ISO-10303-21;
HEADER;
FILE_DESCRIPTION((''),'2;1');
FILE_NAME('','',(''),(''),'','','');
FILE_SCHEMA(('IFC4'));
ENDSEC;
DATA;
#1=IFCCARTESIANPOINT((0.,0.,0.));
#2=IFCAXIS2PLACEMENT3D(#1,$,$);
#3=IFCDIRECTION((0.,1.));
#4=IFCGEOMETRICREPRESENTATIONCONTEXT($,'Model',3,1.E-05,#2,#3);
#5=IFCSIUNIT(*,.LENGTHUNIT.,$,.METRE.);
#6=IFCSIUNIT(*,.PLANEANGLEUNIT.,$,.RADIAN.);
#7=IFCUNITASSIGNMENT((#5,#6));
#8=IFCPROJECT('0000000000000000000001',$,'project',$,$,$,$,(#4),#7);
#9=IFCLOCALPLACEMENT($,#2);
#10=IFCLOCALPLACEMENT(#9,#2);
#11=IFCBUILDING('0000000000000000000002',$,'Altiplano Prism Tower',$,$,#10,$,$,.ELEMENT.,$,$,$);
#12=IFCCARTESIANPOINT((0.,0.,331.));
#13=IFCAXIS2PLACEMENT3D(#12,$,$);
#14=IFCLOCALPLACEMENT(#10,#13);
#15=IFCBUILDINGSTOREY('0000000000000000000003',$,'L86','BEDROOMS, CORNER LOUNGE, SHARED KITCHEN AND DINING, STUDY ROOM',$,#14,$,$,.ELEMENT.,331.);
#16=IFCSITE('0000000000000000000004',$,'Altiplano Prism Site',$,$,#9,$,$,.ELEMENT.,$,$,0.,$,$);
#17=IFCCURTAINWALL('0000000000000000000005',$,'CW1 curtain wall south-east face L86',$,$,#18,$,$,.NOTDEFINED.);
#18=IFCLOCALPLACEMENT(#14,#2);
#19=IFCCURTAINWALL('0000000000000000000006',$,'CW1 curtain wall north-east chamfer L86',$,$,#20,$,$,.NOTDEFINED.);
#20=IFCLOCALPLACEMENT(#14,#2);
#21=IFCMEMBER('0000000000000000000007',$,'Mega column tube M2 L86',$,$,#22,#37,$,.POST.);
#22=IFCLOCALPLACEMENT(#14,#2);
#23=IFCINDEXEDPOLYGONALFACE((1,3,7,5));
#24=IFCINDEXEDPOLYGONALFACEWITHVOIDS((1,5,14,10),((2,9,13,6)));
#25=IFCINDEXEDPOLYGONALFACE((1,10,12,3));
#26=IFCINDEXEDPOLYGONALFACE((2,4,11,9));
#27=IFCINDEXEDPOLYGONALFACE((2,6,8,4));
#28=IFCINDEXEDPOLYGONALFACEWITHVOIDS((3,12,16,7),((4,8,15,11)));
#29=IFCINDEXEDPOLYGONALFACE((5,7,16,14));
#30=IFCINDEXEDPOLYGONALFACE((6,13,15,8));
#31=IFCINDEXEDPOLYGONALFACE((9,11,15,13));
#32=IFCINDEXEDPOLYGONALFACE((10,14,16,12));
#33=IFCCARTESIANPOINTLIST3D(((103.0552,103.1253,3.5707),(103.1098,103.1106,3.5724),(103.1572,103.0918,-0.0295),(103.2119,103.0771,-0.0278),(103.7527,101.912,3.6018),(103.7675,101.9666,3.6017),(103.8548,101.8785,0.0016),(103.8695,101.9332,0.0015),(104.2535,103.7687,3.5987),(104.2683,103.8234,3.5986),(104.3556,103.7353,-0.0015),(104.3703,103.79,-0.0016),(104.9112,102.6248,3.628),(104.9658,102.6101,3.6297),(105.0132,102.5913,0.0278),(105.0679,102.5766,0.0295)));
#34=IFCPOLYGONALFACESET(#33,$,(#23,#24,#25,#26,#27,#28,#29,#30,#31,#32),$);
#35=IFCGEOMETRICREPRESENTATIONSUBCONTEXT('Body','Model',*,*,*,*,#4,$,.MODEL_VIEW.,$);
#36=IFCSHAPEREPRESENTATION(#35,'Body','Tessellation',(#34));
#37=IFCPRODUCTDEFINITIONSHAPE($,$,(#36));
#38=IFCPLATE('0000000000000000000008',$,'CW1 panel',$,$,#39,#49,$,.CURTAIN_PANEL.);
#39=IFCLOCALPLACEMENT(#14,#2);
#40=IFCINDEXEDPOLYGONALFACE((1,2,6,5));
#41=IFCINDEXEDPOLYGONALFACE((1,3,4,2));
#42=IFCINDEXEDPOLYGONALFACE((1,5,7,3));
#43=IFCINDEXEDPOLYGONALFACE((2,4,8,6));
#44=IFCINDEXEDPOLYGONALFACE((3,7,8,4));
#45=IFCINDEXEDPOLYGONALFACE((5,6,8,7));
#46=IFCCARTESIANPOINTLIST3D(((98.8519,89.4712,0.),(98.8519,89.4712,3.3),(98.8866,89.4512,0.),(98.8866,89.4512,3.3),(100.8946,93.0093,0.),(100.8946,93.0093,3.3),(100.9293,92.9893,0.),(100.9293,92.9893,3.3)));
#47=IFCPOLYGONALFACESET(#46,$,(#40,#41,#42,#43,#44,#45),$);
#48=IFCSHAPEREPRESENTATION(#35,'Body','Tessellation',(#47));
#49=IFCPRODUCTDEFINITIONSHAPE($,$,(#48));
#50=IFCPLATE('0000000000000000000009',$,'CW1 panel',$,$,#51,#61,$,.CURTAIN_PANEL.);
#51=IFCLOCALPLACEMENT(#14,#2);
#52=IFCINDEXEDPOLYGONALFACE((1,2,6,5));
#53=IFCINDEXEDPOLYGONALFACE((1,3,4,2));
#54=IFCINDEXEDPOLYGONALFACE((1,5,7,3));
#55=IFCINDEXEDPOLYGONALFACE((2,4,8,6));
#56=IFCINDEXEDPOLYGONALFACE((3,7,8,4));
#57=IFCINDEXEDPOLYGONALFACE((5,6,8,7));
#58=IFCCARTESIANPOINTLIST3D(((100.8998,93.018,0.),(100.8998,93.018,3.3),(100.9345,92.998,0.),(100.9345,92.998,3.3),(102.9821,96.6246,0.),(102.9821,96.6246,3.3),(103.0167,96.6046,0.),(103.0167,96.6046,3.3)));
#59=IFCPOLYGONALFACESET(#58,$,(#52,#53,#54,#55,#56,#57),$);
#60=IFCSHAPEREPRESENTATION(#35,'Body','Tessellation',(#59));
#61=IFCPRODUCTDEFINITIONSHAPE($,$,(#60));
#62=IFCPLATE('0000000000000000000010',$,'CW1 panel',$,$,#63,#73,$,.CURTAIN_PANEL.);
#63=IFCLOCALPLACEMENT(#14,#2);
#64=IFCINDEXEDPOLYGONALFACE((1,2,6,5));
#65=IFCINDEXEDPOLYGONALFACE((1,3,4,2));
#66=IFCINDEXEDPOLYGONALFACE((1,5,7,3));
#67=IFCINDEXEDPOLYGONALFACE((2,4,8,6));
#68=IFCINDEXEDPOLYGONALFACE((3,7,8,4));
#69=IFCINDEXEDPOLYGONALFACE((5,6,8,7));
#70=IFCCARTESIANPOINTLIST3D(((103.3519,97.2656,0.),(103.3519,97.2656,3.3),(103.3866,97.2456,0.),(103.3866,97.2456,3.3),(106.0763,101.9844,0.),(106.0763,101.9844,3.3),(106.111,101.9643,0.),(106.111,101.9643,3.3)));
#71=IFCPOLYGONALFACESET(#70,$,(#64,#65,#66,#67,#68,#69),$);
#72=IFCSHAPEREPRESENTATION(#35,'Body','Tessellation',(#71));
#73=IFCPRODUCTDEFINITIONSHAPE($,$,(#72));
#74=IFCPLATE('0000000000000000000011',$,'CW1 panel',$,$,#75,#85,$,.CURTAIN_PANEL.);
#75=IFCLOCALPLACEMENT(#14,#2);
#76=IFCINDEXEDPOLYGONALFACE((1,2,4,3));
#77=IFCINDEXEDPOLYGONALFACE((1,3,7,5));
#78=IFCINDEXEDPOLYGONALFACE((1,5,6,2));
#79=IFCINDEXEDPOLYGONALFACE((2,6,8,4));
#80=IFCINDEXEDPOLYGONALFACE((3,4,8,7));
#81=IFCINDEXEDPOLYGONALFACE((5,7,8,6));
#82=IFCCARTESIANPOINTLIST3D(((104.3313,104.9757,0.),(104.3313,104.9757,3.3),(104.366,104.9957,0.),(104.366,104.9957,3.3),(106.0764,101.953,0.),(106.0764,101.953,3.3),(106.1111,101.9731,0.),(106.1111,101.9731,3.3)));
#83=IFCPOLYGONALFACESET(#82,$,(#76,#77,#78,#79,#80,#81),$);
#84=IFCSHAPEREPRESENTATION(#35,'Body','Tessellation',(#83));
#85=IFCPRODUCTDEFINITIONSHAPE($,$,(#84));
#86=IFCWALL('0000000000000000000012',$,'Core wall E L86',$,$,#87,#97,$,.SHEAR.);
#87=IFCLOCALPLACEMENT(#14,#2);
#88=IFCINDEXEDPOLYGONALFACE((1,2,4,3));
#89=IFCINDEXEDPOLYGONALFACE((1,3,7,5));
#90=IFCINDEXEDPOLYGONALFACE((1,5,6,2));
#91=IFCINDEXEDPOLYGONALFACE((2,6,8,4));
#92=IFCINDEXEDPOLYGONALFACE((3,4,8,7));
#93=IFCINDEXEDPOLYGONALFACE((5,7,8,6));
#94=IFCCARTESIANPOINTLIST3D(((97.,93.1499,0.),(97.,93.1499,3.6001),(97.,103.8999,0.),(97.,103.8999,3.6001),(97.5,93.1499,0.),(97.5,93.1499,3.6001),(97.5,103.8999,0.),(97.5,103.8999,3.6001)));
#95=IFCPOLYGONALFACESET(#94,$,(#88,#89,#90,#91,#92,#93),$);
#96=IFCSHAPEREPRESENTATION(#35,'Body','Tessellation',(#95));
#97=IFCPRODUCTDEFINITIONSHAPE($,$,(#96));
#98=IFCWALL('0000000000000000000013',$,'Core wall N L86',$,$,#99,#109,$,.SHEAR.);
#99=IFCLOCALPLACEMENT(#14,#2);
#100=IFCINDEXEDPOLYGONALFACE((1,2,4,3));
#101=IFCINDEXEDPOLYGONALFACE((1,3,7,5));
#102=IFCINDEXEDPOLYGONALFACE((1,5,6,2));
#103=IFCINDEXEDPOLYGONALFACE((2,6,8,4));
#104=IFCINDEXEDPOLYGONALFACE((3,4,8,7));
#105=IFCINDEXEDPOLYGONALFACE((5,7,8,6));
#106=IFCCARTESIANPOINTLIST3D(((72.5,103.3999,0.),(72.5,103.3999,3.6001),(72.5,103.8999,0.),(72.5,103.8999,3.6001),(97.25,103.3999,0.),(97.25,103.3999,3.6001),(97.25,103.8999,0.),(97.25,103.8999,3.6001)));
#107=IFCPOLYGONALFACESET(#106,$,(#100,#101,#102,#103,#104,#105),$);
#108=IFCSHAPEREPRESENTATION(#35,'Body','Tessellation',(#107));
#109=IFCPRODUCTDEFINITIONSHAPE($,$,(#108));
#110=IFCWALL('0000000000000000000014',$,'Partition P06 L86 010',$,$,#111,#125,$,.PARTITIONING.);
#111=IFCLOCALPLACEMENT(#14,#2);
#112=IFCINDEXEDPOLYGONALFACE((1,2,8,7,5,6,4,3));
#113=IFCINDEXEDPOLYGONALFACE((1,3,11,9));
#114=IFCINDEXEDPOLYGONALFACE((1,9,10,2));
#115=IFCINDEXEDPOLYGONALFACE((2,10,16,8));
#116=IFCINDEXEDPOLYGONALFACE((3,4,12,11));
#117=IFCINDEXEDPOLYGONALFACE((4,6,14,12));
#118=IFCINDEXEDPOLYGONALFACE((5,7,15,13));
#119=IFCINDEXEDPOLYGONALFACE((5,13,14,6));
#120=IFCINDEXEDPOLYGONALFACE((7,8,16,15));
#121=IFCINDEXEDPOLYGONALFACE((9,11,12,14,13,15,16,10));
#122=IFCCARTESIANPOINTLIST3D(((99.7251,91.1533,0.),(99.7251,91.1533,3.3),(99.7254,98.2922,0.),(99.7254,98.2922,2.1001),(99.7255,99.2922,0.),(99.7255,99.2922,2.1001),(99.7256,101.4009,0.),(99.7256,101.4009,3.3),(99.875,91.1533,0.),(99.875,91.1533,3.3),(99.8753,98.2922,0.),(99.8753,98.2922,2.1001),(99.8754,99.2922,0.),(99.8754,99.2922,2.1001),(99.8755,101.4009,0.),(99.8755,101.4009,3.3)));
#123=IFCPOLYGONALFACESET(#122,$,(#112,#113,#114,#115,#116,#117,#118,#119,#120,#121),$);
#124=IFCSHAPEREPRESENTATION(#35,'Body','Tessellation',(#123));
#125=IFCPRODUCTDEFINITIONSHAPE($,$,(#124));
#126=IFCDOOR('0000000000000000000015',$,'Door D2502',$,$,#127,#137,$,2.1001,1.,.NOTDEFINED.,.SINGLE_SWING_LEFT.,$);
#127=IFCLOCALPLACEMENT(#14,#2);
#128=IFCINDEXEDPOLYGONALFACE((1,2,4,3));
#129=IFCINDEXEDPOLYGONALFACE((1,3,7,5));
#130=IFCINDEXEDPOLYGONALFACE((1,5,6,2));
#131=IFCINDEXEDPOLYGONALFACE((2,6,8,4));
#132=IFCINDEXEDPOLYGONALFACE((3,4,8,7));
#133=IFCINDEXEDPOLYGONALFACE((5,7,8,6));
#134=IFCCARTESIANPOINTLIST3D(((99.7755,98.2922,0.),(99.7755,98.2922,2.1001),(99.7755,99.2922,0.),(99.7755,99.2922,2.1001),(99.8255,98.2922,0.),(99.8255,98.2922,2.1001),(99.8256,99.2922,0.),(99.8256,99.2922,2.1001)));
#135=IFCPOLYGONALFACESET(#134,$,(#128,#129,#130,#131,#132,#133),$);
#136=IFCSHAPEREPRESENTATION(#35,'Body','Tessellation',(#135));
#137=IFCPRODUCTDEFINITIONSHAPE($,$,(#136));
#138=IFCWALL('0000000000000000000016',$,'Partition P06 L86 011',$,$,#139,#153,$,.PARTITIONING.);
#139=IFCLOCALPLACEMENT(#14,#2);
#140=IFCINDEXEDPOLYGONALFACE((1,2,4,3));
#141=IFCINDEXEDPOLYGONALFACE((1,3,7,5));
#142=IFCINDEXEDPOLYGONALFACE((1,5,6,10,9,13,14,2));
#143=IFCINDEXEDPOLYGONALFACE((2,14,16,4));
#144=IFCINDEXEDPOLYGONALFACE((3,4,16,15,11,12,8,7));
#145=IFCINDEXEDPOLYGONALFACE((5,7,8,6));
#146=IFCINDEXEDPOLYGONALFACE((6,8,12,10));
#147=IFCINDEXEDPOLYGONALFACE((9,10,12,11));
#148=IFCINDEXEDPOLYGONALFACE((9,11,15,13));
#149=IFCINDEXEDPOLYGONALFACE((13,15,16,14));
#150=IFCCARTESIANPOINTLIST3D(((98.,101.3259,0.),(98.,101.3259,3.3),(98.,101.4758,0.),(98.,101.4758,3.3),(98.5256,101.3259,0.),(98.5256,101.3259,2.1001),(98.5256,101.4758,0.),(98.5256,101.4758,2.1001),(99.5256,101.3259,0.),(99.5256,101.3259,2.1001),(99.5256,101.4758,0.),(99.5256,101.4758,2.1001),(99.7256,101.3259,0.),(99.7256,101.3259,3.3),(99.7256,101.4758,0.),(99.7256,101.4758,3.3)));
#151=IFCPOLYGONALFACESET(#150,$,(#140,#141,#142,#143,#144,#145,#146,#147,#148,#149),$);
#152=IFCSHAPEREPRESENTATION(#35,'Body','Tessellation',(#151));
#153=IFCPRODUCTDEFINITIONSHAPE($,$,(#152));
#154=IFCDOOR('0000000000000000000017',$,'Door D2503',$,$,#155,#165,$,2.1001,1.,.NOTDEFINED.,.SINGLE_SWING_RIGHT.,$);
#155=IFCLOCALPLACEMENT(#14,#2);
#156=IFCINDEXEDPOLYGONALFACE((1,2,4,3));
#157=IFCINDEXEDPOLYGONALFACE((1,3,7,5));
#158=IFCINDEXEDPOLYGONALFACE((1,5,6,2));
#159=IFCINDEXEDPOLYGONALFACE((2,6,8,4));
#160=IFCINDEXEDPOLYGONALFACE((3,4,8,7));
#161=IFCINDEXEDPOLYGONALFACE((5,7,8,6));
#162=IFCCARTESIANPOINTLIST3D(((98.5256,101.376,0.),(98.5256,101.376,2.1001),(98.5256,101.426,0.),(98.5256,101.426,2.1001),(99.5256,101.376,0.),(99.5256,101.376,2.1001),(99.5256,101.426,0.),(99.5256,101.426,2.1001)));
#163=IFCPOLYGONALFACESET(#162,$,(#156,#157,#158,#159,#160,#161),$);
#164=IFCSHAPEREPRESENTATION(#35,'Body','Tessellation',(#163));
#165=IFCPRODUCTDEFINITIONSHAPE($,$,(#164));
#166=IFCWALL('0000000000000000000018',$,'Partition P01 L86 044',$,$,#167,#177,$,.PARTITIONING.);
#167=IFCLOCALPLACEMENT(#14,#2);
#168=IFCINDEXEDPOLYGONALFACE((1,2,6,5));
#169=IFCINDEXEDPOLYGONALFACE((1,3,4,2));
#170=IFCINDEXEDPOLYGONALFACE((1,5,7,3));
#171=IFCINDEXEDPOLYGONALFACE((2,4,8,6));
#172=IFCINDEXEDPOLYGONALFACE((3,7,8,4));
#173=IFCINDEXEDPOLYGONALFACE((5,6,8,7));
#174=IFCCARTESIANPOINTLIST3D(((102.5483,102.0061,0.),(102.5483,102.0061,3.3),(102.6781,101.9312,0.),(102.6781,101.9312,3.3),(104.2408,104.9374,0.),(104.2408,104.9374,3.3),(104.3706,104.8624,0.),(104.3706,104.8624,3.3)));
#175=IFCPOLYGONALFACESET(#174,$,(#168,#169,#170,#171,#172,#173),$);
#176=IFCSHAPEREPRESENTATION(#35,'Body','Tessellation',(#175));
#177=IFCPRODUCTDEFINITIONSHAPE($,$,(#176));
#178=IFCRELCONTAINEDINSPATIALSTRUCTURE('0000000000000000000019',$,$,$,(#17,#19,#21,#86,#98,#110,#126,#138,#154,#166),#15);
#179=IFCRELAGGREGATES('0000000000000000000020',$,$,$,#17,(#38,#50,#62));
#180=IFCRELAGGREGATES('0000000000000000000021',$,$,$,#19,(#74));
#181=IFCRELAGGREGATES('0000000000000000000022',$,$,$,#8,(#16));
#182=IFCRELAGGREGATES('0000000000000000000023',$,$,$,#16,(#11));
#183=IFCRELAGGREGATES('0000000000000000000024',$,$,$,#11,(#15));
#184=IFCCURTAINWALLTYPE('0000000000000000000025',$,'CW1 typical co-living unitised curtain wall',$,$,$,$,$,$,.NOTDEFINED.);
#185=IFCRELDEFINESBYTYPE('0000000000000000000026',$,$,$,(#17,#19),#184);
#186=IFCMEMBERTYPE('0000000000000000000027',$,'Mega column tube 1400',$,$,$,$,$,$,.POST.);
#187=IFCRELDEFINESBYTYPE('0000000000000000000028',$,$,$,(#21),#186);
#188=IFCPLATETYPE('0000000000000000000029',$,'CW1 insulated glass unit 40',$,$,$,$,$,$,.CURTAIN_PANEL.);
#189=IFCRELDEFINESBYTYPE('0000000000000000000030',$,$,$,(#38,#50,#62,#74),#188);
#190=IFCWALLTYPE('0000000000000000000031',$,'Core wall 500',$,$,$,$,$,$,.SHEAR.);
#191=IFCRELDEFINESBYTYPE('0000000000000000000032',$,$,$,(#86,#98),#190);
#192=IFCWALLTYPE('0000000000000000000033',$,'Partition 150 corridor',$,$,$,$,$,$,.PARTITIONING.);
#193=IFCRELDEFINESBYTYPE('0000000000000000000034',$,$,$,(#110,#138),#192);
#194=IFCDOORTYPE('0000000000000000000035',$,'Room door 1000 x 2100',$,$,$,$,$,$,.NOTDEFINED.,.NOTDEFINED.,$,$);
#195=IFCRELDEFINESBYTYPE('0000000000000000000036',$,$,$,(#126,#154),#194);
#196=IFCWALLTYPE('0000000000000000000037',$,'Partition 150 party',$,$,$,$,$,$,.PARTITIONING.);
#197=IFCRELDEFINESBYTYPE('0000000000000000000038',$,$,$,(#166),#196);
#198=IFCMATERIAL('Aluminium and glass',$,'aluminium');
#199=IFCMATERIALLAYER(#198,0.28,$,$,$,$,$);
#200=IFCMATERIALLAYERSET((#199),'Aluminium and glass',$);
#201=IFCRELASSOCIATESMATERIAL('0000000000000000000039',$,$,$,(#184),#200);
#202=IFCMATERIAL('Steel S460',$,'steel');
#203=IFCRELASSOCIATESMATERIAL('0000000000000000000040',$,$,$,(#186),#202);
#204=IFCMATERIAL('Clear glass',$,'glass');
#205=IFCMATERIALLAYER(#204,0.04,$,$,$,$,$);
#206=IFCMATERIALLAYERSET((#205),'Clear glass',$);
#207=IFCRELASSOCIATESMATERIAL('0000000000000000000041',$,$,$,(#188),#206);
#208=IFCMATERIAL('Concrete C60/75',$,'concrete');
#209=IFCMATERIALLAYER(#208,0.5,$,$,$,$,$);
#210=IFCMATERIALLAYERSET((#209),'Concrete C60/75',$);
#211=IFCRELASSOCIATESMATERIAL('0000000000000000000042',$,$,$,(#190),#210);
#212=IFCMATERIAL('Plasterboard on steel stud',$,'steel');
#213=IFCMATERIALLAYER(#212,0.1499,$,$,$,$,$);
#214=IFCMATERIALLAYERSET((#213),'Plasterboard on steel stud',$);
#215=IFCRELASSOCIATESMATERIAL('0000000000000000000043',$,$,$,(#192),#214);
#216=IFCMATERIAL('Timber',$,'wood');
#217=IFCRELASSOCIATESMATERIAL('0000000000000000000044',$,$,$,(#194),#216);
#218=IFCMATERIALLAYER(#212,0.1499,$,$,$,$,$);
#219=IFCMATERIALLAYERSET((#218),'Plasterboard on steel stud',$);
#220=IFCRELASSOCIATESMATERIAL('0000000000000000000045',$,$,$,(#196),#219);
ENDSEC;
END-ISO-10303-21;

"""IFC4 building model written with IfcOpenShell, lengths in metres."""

from ifc_helpers import new_model, si_unit, direction, frame, frame_2d, origin, origin_2d, place, context, subcontext, project, spatial, rectangle, hollow_rectangle, extrude, material, layer, layer_set, material_profile, profile_set, type_object, element, fill, aggregate, save


model = new_model("IFC4")

# Units and contexts
model_context = context("Model", 3, precision=1e-05, world=origin(), true_north=direction((0.0, 1.0)))
body_context = subcontext(model_context, "Body", "Model", "MODEL_VIEW")
ifc_project = project(units=[si_unit("LENGTHUNIT", "METRE"), si_unit("PLANEANGLEUNIT", "RADIAN")], contexts=[model_context])

# Site, building, storey
site_placement = place(None, origin())
site = spatial("IfcSite", under=ifc_project, at=site_placement, Name="Altiplano Prism Site", CompositionType="ELEMENT", RefElevation=0.0)
building_placement = place(site_placement, origin())
building = spatial("IfcBuilding", under=site, at=building_placement, Name="Altiplano Prism Tower", CompositionType="ELEMENT")
storey_placement = place(building_placement, frame((0.0, 0.0, 331.0)))
storey = spatial("IfcBuildingStorey", under=building, at=storey_placement, Name="L86", Description="BEDROOMS, CORNER LOUNGE, SHARED KITCHEN AND DINING, STUDY ROOM", CompositionType="ELEMENT", Elevation=331.0)

# Shared definitions
ifc_material_1 = material(Name="Concrete C60/75", Category="concrete")

# Curtain wall
ifc_material_2 = material(Name="Aluminium and glass", Category="aluminium")
ifc_layer_1 = layer(ifc_material_2, 0.28)
ifc_layer_set_1 = layer_set([ifc_layer_1], Name="Aluminium and glass")
curtain_wall_type = type_object("IfcCurtainWallType", Name="CW1 typical co-living unitised curtain wall", PredefinedType="NOTDEFINED", material=ifc_layer_set_1)
curtain_wall_1_placement = place(storey_placement, origin())
curtain_wall_1 = element("IfcCurtainWall", 1, at=curtain_wall_1_placement, inside=storey, type_object=curtain_wall_type, Name="CW1 curtain wall south-east face L86", PredefinedType="NOTDEFINED")

# Curtain wall
curtain_wall_2_placement = place(storey_placement, origin())
curtain_wall_2 = element("IfcCurtainWall", 2, at=curtain_wall_2_placement, inside=storey, type_object=curtain_wall_type, Name="CW1 curtain wall north-east chamfer L86", PredefinedType="NOTDEFINED")

# Member
ifc_material_3 = material(Name="Steel S460", Category="steel")
ifc_material_profile_1 = material_profile(ifc_material_3, hollow_rectangle(XDim=1.3999, YDim=1.3999, WallThickness=0.04, at=origin_2d()), Name="Mega column tube 1400")
ifc_profile_set_1 = profile_set([ifc_material_profile_1], Name="Steel S460")
member_type_1 = type_object("IfcMemberType", Name="Mega column tube 1400", PredefinedType="POST", material=ifc_profile_set_1)
member_1_placement = place(storey_placement, frame((104.1125, 102.8342, 0.0), z_axis=(-0.028334, 0.009287, 0.999555), x_axis=(0.498275, -0.866735, 0.022177)))
element("IfcMember", 3, at=member_1_placement, inside=storey, type_object=member_type_1, Name="Mega column tube M2 L86", PredefinedType="POST", context=body_context, shape_type="SweptSolid", body=[
    extrude(hollow_rectangle(XDim=1.3999, YDim=1.3999, WallThickness=0.04, at=origin_2d()), origin(), (0.0, 0.0, 1.0), 3.6018),
])

# Plates
ifc_material_4 = material(Name="Clear glass", Category="glass")
ifc_layer_2 = layer(ifc_material_4, 0.04)
ifc_layer_set_2 = layer_set([ifc_layer_2], Name="Clear glass")
plate_type = type_object("IfcPlateType", Name="CW1 insulated glass unit 40", PredefinedType="CURTAIN_PANEL", material=ifc_layer_set_2)
plate_1_placement = place(storey_placement, frame((99.8906, 91.2302, 0.0), z_axis=(0.0, 0.0, 1.0), x_axis=(0.5, 0.866025, 0.0)))
plate_1 = element("IfcPlate", 4, at=plate_1_placement, type_object=plate_type, Name="CW1 panel", PredefinedType="CURTAIN_PANEL", context=body_context, shape_type="SweptSolid", body=[
    extrude(rectangle(XDim=4.0854, YDim=0.04, at=origin_2d()), origin(), (0.0, 0.0, 1.0), 3.3),
])
plate_2_placement = place(storey_placement, frame((101.9583, 94.8113, 0.0), z_axis=(0.0, 0.0, 1.0), x_axis=(0.5, 0.866025, 0.0)))
plate_2 = element("IfcPlate", 5, at=plate_2_placement, type_object=plate_type, Name="CW1 panel", PredefinedType="CURTAIN_PANEL", context=body_context, shape_type="SweptSolid", body=[
    extrude(rectangle(XDim=4.1646, YDim=0.04, at=origin_2d()), origin(), (0.0, 0.0, 1.0), 3.3),
])
plate_3_placement = place(storey_placement, frame((104.7314, 99.615, 0.0), z_axis=(0.0, 0.0, 1.0), x_axis=(0.5, 0.866025, 0.0)))
plate_3 = element("IfcPlate", 6, at=plate_3_placement, type_object=plate_type, Name="CW1 panel", PredefinedType="CURTAIN_PANEL", context=body_context, shape_type="SweptSolid", body=[
    extrude(rectangle(XDim=5.4487, YDim=0.04, at=origin_2d()), origin(), (0.0, 0.0, 1.0), 3.3),
])
aggregate(curtain_wall_1, [plate_1, plate_2, plate_3])
plate_4_placement = place(storey_placement, frame((105.2212, 103.4744, 0.0), z_axis=(0.0, 0.0, 1.0), x_axis=(-0.5, 0.866025, 0.0)))
plate_4 = element("IfcPlate", 7, at=plate_4_placement, type_object=plate_type, Name="CW1 panel", PredefinedType="CURTAIN_PANEL", context=body_context, shape_type="SweptSolid", body=[
    extrude(rectangle(XDim=3.4902, YDim=0.04, at=origin_2d()), origin(), (0.0, 0.0, 1.0), 3.3),
])
aggregate(curtain_wall_2, [plate_4])

# Walls
ifc_layer_3 = layer(ifc_material_1, 0.5)
ifc_layer_set_3 = layer_set([ifc_layer_3], Name="Concrete C60/75")
wall_type_1 = type_object("IfcWallType", Name="Core wall 500", PredefinedType="SHEAR", material=ifc_layer_set_3)
wall_1_placement = place(storey_placement, frame((97.25, 93.1499, 0.0), z_axis=(0.0, 0.0, 1.0), x_axis=(0.0, 1.0, 0.0)))
element("IfcWall", 8, at=wall_1_placement, inside=storey, type_object=wall_type_1, Name="Core wall E L86", PredefinedType="SHEAR", context=body_context, shape_type="SweptSolid", body=[
    extrude(rectangle(XDim=10.75, YDim=0.5, at=frame_2d((5.375, 0.0))), origin(), (0.0, 0.0, 1.0), 3.6001),
])
wall_2_placement = place(storey_placement, frame((97.25, 103.6499, 0.0), z_axis=(0.0, 0.0, 1.0), x_axis=(-1.0, 0.0, 0.0)))
element("IfcWall", 9, at=wall_2_placement, inside=storey, type_object=wall_type_1, Name="Core wall N L86", PredefinedType="SHEAR", context=body_context, shape_type="SweptSolid", body=[
    extrude(rectangle(XDim=24.75, YDim=0.5, at=frame_2d((12.375, 0.0))), origin(), (0.0, 0.0, 1.0), 3.6001),
])

# Walls, openings, doors
ifc_material_5 = material(Name="Plasterboard on steel stud", Category="steel")
ifc_layer_4 = layer(ifc_material_5, 0.1499)
ifc_layer_set_4 = layer_set([ifc_layer_4], Name="Plasterboard on steel stud")
wall_type_2 = type_object("IfcWallType", Name="Partition 150 corridor", PredefinedType="PARTITIONING", material=ifc_layer_set_4)
wall_3_placement = place(storey_placement, frame((99.8, 91.1533, 0.0), z_axis=(0.0, 0.0, 1.0), x_axis=(0.000048, 1.0, 0.0)))
wall_3 = element("IfcWall", 10, at=wall_3_placement, inside=storey, type_object=wall_type_2, Name="Partition P06 L86 010", PredefinedType="PARTITIONING", context=body_context, shape_type="SweptSolid", body=[
    extrude(rectangle(XDim=10.2476, YDim=0.1499, at=frame_2d((5.1238, 0.0))), origin(), (0.0, 0.0, 1.0), 3.3),
])
opening_1_placement = place(wall_3_placement, frame((7.1389, 0.0, 0.0)))
opening_1 = element("IfcOpeningElement", 11, at=opening_1_placement, cuts=wall_3, PredefinedType="OPENING", context=body_context, shape_type="SweptSolid", body=[
    extrude(rectangle(XDim=1.0, YDim=2.1001, at=frame_2d((0.5, 1.05))), frame((0.0, 0.0854, 0.0), z_axis=(0.0, -1.0, 0.0), x_axis=(1.0, 0.0, 0.0)), (0.0, 0.0, 1.0), 0.1709),
])
ifc_material_6 = material(Name="Timber", Category="wood")
door_type = type_object("IfcDoorType", Name="Room door 1000 x 2100", OperationType="NOTDEFINED", PredefinedType="NOTDEFINED", material=ifc_material_6)
door_1_placement = place(opening_1_placement, origin())
door_1 = element("IfcDoor", 12, at=door_1_placement, inside=storey, type_object=door_type, Name="Door D2502", OperationType="SINGLE_SWING_LEFT", OverallHeight=2.1001, OverallWidth=1.0, PredefinedType="NOTDEFINED", context=body_context, shape_type="SweptSolid", body=[
    extrude(rectangle(XDim=1.0, YDim=2.1001, at=frame_2d((0.5, 1.05))), frame((0.0, 0.0249, 0.0), z_axis=(0.0, -1.0, 0.0), x_axis=(1.0, 0.0, 0.0)), (0.0, 0.0, 1.0), 0.05),
])
fill(opening_1, door_1)
wall_4_placement = place(storey_placement, frame((99.7256, 101.4009, 0.0), z_axis=(0.0, 0.0, 1.0), x_axis=(-1.0, 0.0, 0.0)))
wall_4 = element("IfcWall", 13, at=wall_4_placement, inside=storey, type_object=wall_type_2, Name="Partition P06 L86 011", PredefinedType="PARTITIONING", context=body_context, shape_type="SweptSolid", body=[
    extrude(rectangle(XDim=1.7256, YDim=0.1499, at=frame_2d((0.8628, 0.0))), origin(), (0.0, 0.0, 1.0), 3.3),
])
opening_2_placement = place(wall_4_placement, frame((0.2, 0.0, 0.0)))
opening_2 = element("IfcOpeningElement", 14, at=opening_2_placement, cuts=wall_4, PredefinedType="OPENING", context=body_context, shape_type="SweptSolid", body=[
    extrude(rectangle(XDim=1.0, YDim=2.1001, at=frame_2d((0.5, 1.05))), frame((0.0, 0.0854, 0.0), z_axis=(0.0, -1.0, 0.0), x_axis=(1.0, 0.0, 0.0)), (0.0, 0.0, 1.0), 0.1709),
])
door_2_placement = place(opening_2_placement, origin())
door_2 = element("IfcDoor", 15, at=door_2_placement, inside=storey, type_object=door_type, Name="Door D2503", OperationType="SINGLE_SWING_RIGHT", OverallHeight=2.1001, OverallWidth=1.0, PredefinedType="NOTDEFINED", context=body_context, shape_type="SweptSolid", body=[
    extrude(rectangle(XDim=1.0, YDim=2.1001, at=frame_2d((0.5, 1.05))), frame((0.0, 0.0249, 0.0), z_axis=(0.0, -1.0, 0.0), x_axis=(1.0, 0.0, 0.0)), (0.0, 0.0, 1.0), 0.05),
])
fill(opening_2, door_2)

# Wall
ifc_layer_5 = layer(ifc_material_5, 0.1499)
ifc_layer_set_5 = layer_set([ifc_layer_5], Name="Plasterboard on steel stud")
wall_type_3 = type_object("IfcWallType", Name="Partition 150 party", PredefinedType="PARTITIONING", material=ifc_layer_set_5)
wall_5_placement = place(storey_placement, frame((104.3057, 104.8999, 0.0), z_axis=(0.0, 0.0, 1.0), x_axis=(-0.500018, -0.866015, 0.0)))
element("IfcWall", 16, at=wall_5_placement, inside=storey, type_object=wall_type_3, Name="Partition P01 L86 044", PredefinedType="PARTITIONING", context=body_context, shape_type="SweptSolid", body=[
    extrude(rectangle(XDim=3.3848, YDim=0.1499, at=frame_2d((1.6924, 0.0))), origin(), (0.0, 0.0, 1.0), 3.3),
])

save(model, "model.ifc")
